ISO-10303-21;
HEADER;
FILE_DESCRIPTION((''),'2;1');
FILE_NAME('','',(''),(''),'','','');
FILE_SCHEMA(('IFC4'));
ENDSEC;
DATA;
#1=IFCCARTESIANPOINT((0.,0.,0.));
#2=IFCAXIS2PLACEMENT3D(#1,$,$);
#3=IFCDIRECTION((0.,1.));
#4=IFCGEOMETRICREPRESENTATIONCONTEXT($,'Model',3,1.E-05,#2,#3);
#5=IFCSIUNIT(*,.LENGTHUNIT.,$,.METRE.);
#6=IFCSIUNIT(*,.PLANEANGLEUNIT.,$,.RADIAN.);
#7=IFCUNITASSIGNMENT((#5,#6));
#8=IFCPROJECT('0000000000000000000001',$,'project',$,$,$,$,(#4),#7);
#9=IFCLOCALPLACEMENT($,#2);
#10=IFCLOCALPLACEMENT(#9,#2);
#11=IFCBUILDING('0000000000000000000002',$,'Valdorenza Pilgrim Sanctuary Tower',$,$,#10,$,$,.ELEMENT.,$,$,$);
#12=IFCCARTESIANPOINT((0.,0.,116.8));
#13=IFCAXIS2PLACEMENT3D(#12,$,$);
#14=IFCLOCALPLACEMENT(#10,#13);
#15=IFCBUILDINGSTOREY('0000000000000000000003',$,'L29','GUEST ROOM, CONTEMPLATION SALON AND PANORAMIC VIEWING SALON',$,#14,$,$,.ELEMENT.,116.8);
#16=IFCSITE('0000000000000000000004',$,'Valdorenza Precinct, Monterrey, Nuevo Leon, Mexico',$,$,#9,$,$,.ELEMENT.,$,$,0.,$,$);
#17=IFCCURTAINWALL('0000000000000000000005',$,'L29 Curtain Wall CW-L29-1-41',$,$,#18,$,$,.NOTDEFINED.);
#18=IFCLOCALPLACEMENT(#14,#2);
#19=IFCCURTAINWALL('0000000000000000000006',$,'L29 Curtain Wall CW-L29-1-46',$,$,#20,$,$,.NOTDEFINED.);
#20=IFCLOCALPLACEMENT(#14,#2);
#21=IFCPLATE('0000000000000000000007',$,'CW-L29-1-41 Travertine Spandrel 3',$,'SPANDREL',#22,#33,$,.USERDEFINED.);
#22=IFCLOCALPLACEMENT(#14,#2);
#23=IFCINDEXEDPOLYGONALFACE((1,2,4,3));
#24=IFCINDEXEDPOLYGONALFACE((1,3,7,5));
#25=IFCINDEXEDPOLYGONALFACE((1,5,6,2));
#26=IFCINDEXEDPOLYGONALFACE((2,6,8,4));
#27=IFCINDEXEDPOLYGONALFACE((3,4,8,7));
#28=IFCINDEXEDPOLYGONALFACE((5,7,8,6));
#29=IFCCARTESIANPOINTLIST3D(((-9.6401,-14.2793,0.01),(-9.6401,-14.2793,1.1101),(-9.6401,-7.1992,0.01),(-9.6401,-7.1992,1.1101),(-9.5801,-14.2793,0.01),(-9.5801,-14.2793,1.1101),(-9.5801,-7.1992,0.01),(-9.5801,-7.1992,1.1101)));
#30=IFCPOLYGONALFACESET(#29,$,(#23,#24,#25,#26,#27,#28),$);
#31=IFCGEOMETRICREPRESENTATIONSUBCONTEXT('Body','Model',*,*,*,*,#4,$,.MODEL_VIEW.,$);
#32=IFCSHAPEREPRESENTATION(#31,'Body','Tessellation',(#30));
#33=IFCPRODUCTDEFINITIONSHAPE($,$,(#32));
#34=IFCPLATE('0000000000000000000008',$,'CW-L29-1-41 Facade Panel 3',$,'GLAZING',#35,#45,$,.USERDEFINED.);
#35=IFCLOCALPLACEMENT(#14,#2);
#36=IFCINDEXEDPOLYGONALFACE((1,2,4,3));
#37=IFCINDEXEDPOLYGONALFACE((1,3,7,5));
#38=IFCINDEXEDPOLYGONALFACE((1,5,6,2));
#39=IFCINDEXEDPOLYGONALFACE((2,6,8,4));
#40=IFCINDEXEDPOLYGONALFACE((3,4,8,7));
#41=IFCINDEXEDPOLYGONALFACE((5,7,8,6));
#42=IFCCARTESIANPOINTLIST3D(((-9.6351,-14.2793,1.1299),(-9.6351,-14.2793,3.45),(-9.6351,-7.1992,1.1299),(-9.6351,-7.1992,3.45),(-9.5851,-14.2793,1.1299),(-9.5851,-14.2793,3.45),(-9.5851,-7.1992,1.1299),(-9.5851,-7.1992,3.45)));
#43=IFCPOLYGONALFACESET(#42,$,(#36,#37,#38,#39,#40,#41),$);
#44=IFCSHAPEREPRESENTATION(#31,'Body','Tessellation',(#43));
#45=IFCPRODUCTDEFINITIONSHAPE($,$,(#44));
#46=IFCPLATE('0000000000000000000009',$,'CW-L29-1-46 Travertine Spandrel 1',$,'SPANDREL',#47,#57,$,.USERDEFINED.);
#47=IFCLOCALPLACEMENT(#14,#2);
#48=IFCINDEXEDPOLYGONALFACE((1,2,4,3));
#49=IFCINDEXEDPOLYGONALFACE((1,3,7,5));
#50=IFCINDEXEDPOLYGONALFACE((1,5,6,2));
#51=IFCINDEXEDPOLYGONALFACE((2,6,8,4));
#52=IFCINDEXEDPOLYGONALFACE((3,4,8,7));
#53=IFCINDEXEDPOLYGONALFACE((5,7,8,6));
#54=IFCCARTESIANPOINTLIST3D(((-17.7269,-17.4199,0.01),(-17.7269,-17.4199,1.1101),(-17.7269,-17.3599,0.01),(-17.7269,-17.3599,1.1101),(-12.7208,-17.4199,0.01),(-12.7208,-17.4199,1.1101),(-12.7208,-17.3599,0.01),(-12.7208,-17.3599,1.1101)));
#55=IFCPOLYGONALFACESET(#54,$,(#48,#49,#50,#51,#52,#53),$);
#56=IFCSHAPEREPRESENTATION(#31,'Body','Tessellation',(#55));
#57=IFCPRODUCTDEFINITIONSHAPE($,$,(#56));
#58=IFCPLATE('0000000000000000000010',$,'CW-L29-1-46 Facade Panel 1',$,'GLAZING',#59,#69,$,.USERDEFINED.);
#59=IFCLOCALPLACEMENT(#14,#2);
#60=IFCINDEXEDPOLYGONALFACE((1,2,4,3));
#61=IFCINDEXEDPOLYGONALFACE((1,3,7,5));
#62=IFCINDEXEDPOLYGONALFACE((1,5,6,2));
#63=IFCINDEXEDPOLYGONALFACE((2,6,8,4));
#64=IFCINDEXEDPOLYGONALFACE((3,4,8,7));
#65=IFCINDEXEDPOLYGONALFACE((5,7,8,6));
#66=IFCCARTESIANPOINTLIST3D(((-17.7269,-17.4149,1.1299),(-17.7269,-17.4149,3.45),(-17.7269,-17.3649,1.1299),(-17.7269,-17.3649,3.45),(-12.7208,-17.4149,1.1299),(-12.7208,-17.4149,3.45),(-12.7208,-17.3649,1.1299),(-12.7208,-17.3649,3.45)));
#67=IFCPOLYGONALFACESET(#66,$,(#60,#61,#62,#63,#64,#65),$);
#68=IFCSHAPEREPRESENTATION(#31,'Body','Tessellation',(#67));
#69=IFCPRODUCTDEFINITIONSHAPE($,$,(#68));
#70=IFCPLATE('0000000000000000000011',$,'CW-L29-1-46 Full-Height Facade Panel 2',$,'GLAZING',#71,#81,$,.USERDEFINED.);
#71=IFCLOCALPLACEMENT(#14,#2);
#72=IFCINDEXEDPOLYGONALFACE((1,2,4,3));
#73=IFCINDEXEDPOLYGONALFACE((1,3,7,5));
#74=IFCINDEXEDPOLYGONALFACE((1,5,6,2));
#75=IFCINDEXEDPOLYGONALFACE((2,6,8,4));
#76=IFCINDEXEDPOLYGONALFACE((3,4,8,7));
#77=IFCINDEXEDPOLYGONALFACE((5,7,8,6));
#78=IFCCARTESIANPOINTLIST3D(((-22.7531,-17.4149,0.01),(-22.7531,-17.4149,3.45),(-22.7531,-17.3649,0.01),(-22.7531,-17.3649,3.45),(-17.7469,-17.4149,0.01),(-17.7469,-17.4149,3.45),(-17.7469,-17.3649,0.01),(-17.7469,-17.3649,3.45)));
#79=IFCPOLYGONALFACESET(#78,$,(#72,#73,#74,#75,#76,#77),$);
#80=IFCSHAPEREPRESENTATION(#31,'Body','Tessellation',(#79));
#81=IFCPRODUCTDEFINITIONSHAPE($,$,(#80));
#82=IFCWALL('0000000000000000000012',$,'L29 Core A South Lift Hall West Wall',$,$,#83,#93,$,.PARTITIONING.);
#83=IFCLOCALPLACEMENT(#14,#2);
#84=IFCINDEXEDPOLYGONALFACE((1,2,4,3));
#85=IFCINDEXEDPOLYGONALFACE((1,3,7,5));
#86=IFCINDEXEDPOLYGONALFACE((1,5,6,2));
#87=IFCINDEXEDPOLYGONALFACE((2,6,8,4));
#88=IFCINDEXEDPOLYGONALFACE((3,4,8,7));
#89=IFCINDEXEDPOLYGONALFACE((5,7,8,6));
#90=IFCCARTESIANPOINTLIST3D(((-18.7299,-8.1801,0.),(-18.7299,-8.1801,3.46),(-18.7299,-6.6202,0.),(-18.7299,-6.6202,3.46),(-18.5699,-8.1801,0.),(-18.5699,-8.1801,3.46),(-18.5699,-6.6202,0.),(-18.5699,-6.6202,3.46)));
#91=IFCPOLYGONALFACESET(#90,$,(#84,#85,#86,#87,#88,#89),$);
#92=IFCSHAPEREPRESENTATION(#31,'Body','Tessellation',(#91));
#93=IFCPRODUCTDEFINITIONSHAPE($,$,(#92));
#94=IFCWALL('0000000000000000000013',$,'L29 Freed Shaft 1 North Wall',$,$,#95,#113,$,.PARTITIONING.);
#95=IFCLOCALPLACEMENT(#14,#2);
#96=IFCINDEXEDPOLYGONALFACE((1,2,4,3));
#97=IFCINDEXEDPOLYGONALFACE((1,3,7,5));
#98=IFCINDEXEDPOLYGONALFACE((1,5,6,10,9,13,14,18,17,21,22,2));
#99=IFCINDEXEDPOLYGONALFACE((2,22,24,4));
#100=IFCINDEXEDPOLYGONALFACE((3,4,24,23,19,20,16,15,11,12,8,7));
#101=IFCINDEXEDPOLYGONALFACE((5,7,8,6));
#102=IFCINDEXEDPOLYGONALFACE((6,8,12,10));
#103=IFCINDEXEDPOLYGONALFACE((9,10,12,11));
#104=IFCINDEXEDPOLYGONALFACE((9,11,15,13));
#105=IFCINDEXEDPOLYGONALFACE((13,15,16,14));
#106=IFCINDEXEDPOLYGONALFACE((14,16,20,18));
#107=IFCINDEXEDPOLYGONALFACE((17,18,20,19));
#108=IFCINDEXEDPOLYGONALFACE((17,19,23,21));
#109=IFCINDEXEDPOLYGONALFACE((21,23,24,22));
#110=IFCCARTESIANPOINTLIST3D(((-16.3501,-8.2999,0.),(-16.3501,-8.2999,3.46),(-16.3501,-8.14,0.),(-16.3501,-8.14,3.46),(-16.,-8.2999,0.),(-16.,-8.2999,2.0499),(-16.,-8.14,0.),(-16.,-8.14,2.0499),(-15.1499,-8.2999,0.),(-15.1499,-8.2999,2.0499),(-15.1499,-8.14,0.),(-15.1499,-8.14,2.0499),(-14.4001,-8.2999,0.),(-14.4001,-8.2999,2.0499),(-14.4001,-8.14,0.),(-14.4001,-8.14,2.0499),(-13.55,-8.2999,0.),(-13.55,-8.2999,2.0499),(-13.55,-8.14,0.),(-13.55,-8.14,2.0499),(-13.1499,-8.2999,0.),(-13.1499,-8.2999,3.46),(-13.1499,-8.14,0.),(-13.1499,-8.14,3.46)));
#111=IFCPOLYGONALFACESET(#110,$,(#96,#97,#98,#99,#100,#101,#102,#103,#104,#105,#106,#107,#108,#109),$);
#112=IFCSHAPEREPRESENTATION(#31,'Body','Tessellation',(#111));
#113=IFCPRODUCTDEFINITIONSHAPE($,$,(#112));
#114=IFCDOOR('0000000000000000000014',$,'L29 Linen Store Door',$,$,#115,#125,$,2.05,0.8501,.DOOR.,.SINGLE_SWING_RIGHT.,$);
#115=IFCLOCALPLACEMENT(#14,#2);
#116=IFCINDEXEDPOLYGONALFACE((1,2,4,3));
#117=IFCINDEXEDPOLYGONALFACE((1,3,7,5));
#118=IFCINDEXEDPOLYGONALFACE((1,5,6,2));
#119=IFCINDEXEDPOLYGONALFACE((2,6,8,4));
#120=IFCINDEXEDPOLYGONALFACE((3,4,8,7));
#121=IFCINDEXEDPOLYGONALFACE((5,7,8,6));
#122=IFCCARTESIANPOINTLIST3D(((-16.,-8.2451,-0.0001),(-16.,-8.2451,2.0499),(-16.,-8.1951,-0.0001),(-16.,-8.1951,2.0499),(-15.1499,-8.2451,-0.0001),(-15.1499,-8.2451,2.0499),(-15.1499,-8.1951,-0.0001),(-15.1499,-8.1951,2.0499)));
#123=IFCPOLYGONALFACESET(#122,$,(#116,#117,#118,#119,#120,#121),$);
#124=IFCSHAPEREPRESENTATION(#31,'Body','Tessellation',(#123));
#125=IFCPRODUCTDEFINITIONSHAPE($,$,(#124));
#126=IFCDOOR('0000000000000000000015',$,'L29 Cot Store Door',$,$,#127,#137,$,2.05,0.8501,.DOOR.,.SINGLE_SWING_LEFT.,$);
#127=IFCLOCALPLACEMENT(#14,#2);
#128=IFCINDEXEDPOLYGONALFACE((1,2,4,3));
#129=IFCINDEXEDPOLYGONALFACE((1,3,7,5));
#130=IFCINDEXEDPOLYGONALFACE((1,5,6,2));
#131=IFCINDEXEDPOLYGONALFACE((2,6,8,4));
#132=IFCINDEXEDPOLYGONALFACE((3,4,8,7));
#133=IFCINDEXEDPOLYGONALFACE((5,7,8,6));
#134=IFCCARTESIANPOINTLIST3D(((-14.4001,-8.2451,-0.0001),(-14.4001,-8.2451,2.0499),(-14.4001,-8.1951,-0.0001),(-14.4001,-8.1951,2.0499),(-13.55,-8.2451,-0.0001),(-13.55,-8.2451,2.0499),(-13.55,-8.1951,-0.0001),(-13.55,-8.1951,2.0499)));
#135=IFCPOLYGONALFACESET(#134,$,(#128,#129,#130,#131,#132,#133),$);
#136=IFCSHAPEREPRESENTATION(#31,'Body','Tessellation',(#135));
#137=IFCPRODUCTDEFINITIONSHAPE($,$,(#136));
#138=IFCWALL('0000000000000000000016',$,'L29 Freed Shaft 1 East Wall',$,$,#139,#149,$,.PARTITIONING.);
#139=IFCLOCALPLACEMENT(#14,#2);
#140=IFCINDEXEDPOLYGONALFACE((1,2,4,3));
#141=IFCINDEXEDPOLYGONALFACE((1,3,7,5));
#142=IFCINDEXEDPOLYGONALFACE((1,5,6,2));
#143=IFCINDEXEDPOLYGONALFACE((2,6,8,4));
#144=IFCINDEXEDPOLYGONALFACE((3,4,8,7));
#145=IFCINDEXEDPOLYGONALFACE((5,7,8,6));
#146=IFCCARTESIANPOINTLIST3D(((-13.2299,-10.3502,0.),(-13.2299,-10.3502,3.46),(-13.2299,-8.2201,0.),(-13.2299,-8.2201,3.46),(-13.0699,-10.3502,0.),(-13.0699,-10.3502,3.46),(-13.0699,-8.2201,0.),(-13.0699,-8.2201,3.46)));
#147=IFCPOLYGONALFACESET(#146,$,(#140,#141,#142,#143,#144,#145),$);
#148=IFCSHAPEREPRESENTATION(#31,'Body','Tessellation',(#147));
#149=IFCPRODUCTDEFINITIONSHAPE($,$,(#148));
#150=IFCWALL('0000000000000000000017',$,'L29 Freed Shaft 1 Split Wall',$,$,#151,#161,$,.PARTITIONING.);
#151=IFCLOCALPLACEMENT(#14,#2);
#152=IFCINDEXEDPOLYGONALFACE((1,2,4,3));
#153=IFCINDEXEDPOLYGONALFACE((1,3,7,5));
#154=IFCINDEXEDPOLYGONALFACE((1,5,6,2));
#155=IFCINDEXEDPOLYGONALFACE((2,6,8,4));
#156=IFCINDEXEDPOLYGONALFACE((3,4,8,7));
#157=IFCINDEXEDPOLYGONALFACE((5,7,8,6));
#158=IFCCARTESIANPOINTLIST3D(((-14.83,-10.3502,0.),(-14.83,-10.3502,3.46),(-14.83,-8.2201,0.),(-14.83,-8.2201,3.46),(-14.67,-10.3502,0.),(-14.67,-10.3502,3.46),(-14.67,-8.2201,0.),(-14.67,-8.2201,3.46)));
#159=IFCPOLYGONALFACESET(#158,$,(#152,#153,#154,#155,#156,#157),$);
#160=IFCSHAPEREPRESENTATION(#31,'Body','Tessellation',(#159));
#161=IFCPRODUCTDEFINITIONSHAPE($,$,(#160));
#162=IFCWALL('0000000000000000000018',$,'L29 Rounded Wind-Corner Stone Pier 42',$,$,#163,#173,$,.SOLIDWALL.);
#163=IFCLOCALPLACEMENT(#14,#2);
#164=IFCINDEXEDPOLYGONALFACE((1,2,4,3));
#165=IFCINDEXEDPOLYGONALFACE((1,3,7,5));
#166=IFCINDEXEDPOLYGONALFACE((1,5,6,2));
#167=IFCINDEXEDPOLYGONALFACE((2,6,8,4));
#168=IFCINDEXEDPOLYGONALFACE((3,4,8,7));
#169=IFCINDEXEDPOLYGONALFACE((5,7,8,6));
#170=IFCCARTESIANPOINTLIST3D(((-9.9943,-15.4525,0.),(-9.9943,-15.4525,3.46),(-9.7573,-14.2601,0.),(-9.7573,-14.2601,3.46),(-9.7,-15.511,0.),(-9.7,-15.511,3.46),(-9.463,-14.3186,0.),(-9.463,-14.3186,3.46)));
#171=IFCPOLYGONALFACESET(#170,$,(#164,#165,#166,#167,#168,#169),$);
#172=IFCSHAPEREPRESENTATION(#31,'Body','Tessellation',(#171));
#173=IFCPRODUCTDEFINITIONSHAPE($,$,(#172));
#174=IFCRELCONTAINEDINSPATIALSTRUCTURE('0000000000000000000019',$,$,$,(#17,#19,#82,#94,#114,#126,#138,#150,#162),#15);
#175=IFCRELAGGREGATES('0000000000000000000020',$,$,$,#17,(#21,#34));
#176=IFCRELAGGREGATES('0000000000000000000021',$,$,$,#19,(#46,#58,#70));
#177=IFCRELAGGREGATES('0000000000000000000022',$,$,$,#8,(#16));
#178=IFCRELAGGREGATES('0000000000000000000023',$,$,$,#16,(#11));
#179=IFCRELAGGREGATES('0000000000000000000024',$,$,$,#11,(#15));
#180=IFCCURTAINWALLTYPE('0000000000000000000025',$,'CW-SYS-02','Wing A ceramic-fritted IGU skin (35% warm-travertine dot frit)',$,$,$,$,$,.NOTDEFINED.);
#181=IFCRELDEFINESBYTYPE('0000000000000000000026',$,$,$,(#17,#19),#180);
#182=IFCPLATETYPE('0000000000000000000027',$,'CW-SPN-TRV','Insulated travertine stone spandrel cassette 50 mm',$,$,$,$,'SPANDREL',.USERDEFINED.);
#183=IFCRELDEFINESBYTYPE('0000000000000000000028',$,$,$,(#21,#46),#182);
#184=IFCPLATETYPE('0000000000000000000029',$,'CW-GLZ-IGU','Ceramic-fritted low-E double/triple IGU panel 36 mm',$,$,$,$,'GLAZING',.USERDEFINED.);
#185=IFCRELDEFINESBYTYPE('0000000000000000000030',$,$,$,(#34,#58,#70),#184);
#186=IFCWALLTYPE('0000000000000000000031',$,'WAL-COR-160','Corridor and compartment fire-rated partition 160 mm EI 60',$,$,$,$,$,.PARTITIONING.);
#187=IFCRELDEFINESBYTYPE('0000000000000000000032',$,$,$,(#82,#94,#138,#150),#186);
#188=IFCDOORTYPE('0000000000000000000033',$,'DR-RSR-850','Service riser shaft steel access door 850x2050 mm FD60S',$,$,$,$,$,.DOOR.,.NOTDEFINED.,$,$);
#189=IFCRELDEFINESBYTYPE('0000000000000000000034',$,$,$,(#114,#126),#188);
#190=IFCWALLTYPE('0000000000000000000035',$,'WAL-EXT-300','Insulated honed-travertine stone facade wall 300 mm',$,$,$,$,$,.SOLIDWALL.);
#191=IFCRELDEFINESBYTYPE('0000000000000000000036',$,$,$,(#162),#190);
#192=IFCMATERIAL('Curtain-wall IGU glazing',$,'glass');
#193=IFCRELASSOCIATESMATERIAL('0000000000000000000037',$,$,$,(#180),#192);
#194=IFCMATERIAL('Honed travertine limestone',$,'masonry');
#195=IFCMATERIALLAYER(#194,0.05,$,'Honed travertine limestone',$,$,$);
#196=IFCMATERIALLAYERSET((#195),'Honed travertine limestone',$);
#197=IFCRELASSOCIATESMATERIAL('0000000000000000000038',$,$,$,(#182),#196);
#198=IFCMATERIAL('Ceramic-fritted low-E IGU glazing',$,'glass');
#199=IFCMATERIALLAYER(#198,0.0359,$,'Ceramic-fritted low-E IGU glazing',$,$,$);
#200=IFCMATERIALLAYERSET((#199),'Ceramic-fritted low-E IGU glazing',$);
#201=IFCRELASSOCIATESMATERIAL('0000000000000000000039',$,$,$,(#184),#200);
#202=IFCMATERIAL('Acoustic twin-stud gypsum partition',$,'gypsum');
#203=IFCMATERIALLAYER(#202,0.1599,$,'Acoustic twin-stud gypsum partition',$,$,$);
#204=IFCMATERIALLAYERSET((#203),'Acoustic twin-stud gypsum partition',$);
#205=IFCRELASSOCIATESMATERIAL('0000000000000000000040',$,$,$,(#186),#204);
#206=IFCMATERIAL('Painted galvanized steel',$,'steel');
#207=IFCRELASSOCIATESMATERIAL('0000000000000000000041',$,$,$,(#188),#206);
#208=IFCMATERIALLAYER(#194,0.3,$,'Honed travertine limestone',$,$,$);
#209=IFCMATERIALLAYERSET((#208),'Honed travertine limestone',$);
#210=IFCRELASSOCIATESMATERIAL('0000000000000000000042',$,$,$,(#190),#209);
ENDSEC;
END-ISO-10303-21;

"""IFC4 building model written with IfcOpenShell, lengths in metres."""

from ifc_helpers import new_model, si_unit, direction, frame, frame_2d, origin, origin_2d, place, context, subcontext, project, spatial, rectangle, extrude, source, transform, mapped, material, layer, layer_set, type_object, element, fill, aggregate, save


model = new_model("IFC4")

# Units and contexts
model_context = context("Model", 3, precision=1e-05, world=origin(), true_north=direction((0.0, 1.0)))
body_context = subcontext(model_context, "Body", "Model", "MODEL_VIEW")
ifc_project = project(units=[si_unit("LENGTHUNIT", "METRE"), si_unit("PLANEANGLEUNIT", "RADIAN")], contexts=[model_context])

# Site, building, storey
site_placement = place(None, origin())
site = spatial("IfcSite", under=ifc_project, at=site_placement, Name="Valdorenza Precinct, Monterrey, Nuevo Leon, Mexico", CompositionType="ELEMENT", RefElevation=0.0)
building_placement = place(site_placement, origin())
building = spatial("IfcBuilding", under=site, at=building_placement, Name="Valdorenza Pilgrim Sanctuary Tower", CompositionType="ELEMENT")
storey_placement = place(building_placement, frame((0.0, 0.0, 116.8)))
storey = spatial("IfcBuildingStorey", under=building, at=storey_placement, Name="L29", Description="GUEST ROOM, CONTEMPLATION SALON AND PANORAMIC VIEWING SALON", CompositionType="ELEMENT", Elevation=116.8)

# Curtain walls
ifc_material_1 = material(Name="Curtain-wall IGU glazing", Category="glass")
curtain_wall_type = type_object("IfcCurtainWallType", Name="CW-SYS-02", Description="Wing A ceramic-fritted IGU skin (35% warm-travertine dot frit)", PredefinedType="NOTDEFINED", material=ifc_material_1)
curtain_wall_1_placement = place(storey_placement, origin())
curtain_wall_1 = element("IfcCurtainWall", 1, at=curtain_wall_1_placement, inside=storey, type_object=curtain_wall_type, Name="L29 Curtain Wall CW-L29-1-41", PredefinedType="NOTDEFINED")
curtain_wall_2_placement = place(storey_placement, origin())
curtain_wall_2 = element("IfcCurtainWall", 2, at=curtain_wall_2_placement, inside=storey, type_object=curtain_wall_type, Name="L29 Curtain Wall CW-L29-1-46", PredefinedType="NOTDEFINED")

# Plates
ifc_material_2 = material(Name="Honed travertine limestone", Category="masonry")
ifc_layer_1 = layer(ifc_material_2, 0.05, Name="Honed travertine limestone")
ifc_layer_set_1 = layer_set([ifc_layer_1], Name="Honed travertine limestone")
plate_type_1 = type_object("IfcPlateType", Name="CW-SPN-TRV", Description="Insulated travertine stone spandrel cassette 50 mm", ElementType="SPANDREL", PredefinedType="USERDEFINED", material=ifc_layer_set_1)
shared_shape_1 = source(origin(), body_context, "Body", "SweptSolid", [
    extrude(rectangle(XDim=7.0801, YDim=0.0601, at=origin_2d()), origin(), (0.0, 0.0, 1.0), 1.1001),
])
plate_1_placement = place(storey_placement, frame((-9.6101, -10.7393, 0.01), z_axis=(0.0, 0.0, 1.0), x_axis=(0.0, -1.0, 0.0)))
plate_1 = element("IfcPlate", 3, at=plate_1_placement, type_object=plate_type_1, Name="CW-L29-1-41 Travertine Spandrel 3", ObjectType="SPANDREL", PredefinedType="USERDEFINED", context=body_context, shape_type="MappedRepresentation", body=[
    mapped(shared_shape_1, transform((0.0, 0.0, 0.0), x_axis=(1.0, 0.0, 0.0), y_axis=(0.0, 1.0, 0.0), z_axis=(0.0, 0.0, 1.0), scale=1.0)),
])
ifc_material_3 = material(Name="Ceramic-fritted low-E IGU glazing", Category="glass")
ifc_layer_2 = layer(ifc_material_3, 0.0359, Name="Ceramic-fritted low-E IGU glazing")
ifc_layer_set_2 = layer_set([ifc_layer_2], Name="Ceramic-fritted low-E IGU glazing")
plate_type_2 = type_object("IfcPlateType", Name="CW-GLZ-IGU", Description="Ceramic-fritted low-E double/triple IGU panel 36 mm", ElementType="GLAZING", PredefinedType="USERDEFINED", material=ifc_layer_set_2)
shared_shape_2 = source(origin(), body_context, "Body", "SweptSolid", [
    extrude(rectangle(XDim=7.0801, YDim=0.05, at=origin_2d()), origin(), (0.0, 0.0, 1.0), 2.3201),
])
plate_2_placement = place(storey_placement, frame((-9.6101, -10.7393, 1.1299), z_axis=(0.0, 0.0, 1.0), x_axis=(0.0, -1.0, 0.0)))
plate_2 = element("IfcPlate", 4, at=plate_2_placement, type_object=plate_type_2, Name="CW-L29-1-41 Facade Panel 3", ObjectType="GLAZING", PredefinedType="USERDEFINED", context=body_context, shape_type="MappedRepresentation", body=[
    mapped(shared_shape_2, transform((0.0, 0.0, 0.0), x_axis=(1.0, 0.0, 0.0), y_axis=(0.0, 1.0, 0.0), z_axis=(0.0, 0.0, 1.0), scale=1.0)),
])
aggregate(curtain_wall_1, [plate_1, plate_2])
shared_shape_3 = source(origin(), body_context, "Body", "SweptSolid", [
    extrude(rectangle(XDim=5.0061, YDim=0.0601, at=origin_2d()), origin(), (0.0, 0.0, 1.0), 1.1001),
])
plate_3_placement = place(storey_placement, frame((-15.2239, -17.3899, 0.01), z_axis=(0.0, 0.0, 1.0), x_axis=(-1.0, 0.0, 0.0)))
plate_3 = element("IfcPlate", 5, at=plate_3_placement, type_object=plate_type_1, Name="CW-L29-1-46 Travertine Spandrel 1", ObjectType="SPANDREL", PredefinedType="USERDEFINED", context=body_context, shape_type="MappedRepresentation", body=[
    mapped(shared_shape_3, transform((0.0, 0.0, 0.0), x_axis=(1.0, 0.0, 0.0), y_axis=(0.0, 1.0, 0.0), z_axis=(0.0, 0.0, 1.0), scale=1.0)),
])
shared_shape_4 = source(origin(), body_context, "Body", "SweptSolid", [
    extrude(rectangle(XDim=5.0061, YDim=0.05, at=origin_2d()), origin(), (0.0, 0.0, 1.0), 2.3201),
])
plate_4_placement = place(storey_placement, frame((-15.2239, -17.3899, 1.1299), z_axis=(0.0, 0.0, 1.0), x_axis=(-1.0, 0.0, 0.0)))
plate_4 = element("IfcPlate", 6, at=plate_4_placement, type_object=plate_type_2, Name="CW-L29-1-46 Facade Panel 1", ObjectType="GLAZING", PredefinedType="USERDEFINED", context=body_context, shape_type="MappedRepresentation", body=[
    mapped(shared_shape_4, transform((0.0, 0.0, 0.0), x_axis=(1.0, 0.0, 0.0), y_axis=(0.0, 1.0, 0.0), z_axis=(0.0, 0.0, 1.0), scale=1.0)),
])
shared_shape_5 = source(origin(), body_context, "Body", "SweptSolid", [
    extrude(rectangle(XDim=5.0061, YDim=0.05, at=origin_2d()), origin(), (0.0, 0.0, 1.0), 3.4399),
])
plate_5_placement = place(storey_placement, frame((-20.25, -17.3899, 0.01), z_axis=(0.0, 0.0, 1.0), x_axis=(-1.0, 0.0, 0.0)))
plate_5 = element("IfcPlate", 7, at=plate_5_placement, type_object=plate_type_2, Name="CW-L29-1-46 Full-Height Facade Panel 2", ObjectType="GLAZING", PredefinedType="USERDEFINED", context=body_context, shape_type="MappedRepresentation", body=[
    mapped(shared_shape_5, transform((0.0, 0.0, 0.0), x_axis=(1.0, 0.0, 0.0), y_axis=(0.0, 1.0, 0.0), z_axis=(0.0, 0.0, 1.0), scale=1.0)),
])
aggregate(curtain_wall_2, [plate_3, plate_4, plate_5])

# Wall
ifc_material_4 = material(Name="Acoustic twin-stud gypsum partition", Category="gypsum")
ifc_layer_3 = layer(ifc_material_4, 0.1599, Name="Acoustic twin-stud gypsum partition")
ifc_layer_set_3 = layer_set([ifc_layer_3], Name="Acoustic twin-stud gypsum partition")
wall_type_1 = type_object("IfcWallType", Name="WAL-COR-160", Description="Corridor and compartment fire-rated partition 160 mm EI 60", PredefinedType="PARTITIONING", material=ifc_layer_set_3)
wall_1_placement = place(storey_placement, frame((-18.6499, -8.1799, 0.0), z_axis=(0.0, 0.0, 1.0), x_axis=(0.0, 1.0, 0.0)))
element("IfcWall", 8, at=wall_1_placement, inside=storey, type_object=wall_type_1, Name="L29 Core A South Lift Hall West Wall", PredefinedType="PARTITIONING", context=body_context, shape_type="SweptSolid", body=[
    extrude(rectangle(XDim=1.5598, YDim=0.1599, at=frame_2d((0.7798, 0.0))), origin(), (0.0, 0.0, 1.0), 3.46),
])

# Wall, openings, doors
wall_2_placement = place(storey_placement, frame((-16.3501, -8.22, 0.0), z_axis=(0.0, 0.0, 1.0), x_axis=(1.0, 0.0, 0.0)))
wall_2 = element("IfcWall", 9, at=wall_2_placement, inside=storey, type_object=wall_type_1, Name="L29 Freed Shaft 1 North Wall", PredefinedType="PARTITIONING", context=body_context, shape_type="SweptSolid", body=[
    extrude(rectangle(XDim=3.2002, YDim=0.1599, at=frame_2d((1.6001, 0.0))), origin(), (0.0, 0.0, 1.0), 3.46),
])
opening_1_placement = place(wall_2_placement, frame((0.3501, 0.0, 0.0)))
opening_1 = element("IfcOpeningElement", 10, at=opening_1_placement, cuts=wall_2, PredefinedType="OPENING", context=body_context, shape_type="SweptSolid", body=[
    extrude(rectangle(XDim=0.8501, YDim=2.05, at=frame_2d((0.425, 1.0249))), frame((0.0, 0.0947, 0.0), z_axis=(0.0, -1.0, 0.0), x_axis=(1.0, 0.0, 0.0)), (0.0, 0.0, 1.0), 0.1897),
])
opening_2_placement = place(wall_2_placement, frame((1.95, 0.0, 0.0)))
opening_2 = element("IfcOpeningElement", 11, at=opening_2_placement, cuts=wall_2, PredefinedType="OPENING", context=body_context, shape_type="SweptSolid", body=[
    extrude(rectangle(XDim=0.8501, YDim=2.05, at=frame_2d((0.425, 1.0249))), frame((0.0, 0.0947, 0.0), z_axis=(0.0, -1.0, 0.0), x_axis=(1.0, 0.0, 0.0)), (0.0, 0.0, 1.0), 0.1897),
])
ifc_material_5 = material(Name="Painted galvanized steel", Category="steel")
door_type_1 = type_object("IfcDoorType", Name="DR-RSR-850", Description="Service riser shaft steel access door 850x2050 mm FD60S", OperationType="NOTDEFINED", PredefinedType="DOOR", material=ifc_material_5)
door_1_placement = place(opening_1_placement, origin())
door_1 = element("IfcDoor", 12, at=door_1_placement, inside=storey, type_object=door_type_1, Name="L29 Linen Store Door", OperationType="SINGLE_SWING_RIGHT", OverallHeight=2.05, OverallWidth=0.8501, PredefinedType="DOOR", context=body_context, shape_type="SweptSolid", body=[
    extrude(rectangle(XDim=0.8501, YDim=2.05, at=frame_2d((0.425, 1.0249))), frame((0.0, 0.0249, 0.0), z_axis=(0.0, -1.0, 0.0), x_axis=(1.0, 0.0, 0.0)), (0.0, 0.0, 1.0), 0.05),
])
fill(opening_1, door_1)
door_2_placement = place(opening_2_placement, origin())
door_2 = element("IfcDoor", 13, at=door_2_placement, inside=storey, type_object=door_type_1, Name="L29 Cot Store Door", OperationType="SINGLE_SWING_LEFT", OverallHeight=2.05, OverallWidth=0.8501, PredefinedType="DOOR", context=body_context, shape_type="SweptSolid", body=[
    extrude(rectangle(XDim=0.8501, YDim=2.05, at=frame_2d((0.425, 1.0249))), frame((0.0, 0.0249, 0.0), z_axis=(0.0, -1.0, 0.0), x_axis=(1.0, 0.0, 0.0)), (0.0, 0.0, 1.0), 0.05),
])
fill(opening_2, door_2)

# Walls
for number, where, z_axis, x_axis, name in (
    (14, (-13.1499, -10.3501, 0.0), (0.0, 0.0, 1.0), (0.0, 1.0, 0.0), "L29 Freed Shaft 1 East Wall"),
    (15, (-14.75, -10.3501, 0.0), (0.0, 0.0, 1.0), (0.0, 1.0, 0.0), "L29 Freed Shaft 1 Split Wall"),
):
    element("IfcWall", number, at=place(storey_placement, frame(where, z_axis=z_axis, x_axis=x_axis)), inside=storey, type_object=wall_type_1, Name=name, PredefinedType="PARTITIONING", context=body_context, shape_type="SweptSolid", body=[
        extrude(rectangle(XDim=2.1301, YDim=0.1599, at=frame_2d((1.0649, 0.0))), origin(), (0.0, 0.0, 1.0), 3.46),
    ])
ifc_layer_4 = layer(ifc_material_2, 0.3, Name="Honed travertine limestone")
ifc_layer_set_4 = layer_set([ifc_layer_4], Name="Honed travertine limestone")
wall_type_2 = type_object("IfcWallType", Name="WAL-EXT-300", Description="Insulated honed-travertine stone facade wall 300 mm", PredefinedType="SOLIDWALL", material=ifc_layer_set_4)
wall_3_placement = place(storey_placement, frame((-9.6101, -14.2893, 0.0), z_axis=(0.0, 0.0, 1.0), x_axis=(-0.194996, -0.980804, 0.0)))
element("IfcWall", 16, at=wall_3_placement, inside=storey, type_object=wall_type_2, Name="L29 Rounded Wind-Corner Stone Pier 42", PredefinedType="SOLIDWALL", context=body_context, shape_type="SweptSolid", body=[
    extrude(rectangle(XDim=1.2158, YDim=0.3, at=frame_2d((0.6079, 0.0))), origin(), (0.0, 0.0, 1.0), 3.46),
])

save(model, "model.ifc")
